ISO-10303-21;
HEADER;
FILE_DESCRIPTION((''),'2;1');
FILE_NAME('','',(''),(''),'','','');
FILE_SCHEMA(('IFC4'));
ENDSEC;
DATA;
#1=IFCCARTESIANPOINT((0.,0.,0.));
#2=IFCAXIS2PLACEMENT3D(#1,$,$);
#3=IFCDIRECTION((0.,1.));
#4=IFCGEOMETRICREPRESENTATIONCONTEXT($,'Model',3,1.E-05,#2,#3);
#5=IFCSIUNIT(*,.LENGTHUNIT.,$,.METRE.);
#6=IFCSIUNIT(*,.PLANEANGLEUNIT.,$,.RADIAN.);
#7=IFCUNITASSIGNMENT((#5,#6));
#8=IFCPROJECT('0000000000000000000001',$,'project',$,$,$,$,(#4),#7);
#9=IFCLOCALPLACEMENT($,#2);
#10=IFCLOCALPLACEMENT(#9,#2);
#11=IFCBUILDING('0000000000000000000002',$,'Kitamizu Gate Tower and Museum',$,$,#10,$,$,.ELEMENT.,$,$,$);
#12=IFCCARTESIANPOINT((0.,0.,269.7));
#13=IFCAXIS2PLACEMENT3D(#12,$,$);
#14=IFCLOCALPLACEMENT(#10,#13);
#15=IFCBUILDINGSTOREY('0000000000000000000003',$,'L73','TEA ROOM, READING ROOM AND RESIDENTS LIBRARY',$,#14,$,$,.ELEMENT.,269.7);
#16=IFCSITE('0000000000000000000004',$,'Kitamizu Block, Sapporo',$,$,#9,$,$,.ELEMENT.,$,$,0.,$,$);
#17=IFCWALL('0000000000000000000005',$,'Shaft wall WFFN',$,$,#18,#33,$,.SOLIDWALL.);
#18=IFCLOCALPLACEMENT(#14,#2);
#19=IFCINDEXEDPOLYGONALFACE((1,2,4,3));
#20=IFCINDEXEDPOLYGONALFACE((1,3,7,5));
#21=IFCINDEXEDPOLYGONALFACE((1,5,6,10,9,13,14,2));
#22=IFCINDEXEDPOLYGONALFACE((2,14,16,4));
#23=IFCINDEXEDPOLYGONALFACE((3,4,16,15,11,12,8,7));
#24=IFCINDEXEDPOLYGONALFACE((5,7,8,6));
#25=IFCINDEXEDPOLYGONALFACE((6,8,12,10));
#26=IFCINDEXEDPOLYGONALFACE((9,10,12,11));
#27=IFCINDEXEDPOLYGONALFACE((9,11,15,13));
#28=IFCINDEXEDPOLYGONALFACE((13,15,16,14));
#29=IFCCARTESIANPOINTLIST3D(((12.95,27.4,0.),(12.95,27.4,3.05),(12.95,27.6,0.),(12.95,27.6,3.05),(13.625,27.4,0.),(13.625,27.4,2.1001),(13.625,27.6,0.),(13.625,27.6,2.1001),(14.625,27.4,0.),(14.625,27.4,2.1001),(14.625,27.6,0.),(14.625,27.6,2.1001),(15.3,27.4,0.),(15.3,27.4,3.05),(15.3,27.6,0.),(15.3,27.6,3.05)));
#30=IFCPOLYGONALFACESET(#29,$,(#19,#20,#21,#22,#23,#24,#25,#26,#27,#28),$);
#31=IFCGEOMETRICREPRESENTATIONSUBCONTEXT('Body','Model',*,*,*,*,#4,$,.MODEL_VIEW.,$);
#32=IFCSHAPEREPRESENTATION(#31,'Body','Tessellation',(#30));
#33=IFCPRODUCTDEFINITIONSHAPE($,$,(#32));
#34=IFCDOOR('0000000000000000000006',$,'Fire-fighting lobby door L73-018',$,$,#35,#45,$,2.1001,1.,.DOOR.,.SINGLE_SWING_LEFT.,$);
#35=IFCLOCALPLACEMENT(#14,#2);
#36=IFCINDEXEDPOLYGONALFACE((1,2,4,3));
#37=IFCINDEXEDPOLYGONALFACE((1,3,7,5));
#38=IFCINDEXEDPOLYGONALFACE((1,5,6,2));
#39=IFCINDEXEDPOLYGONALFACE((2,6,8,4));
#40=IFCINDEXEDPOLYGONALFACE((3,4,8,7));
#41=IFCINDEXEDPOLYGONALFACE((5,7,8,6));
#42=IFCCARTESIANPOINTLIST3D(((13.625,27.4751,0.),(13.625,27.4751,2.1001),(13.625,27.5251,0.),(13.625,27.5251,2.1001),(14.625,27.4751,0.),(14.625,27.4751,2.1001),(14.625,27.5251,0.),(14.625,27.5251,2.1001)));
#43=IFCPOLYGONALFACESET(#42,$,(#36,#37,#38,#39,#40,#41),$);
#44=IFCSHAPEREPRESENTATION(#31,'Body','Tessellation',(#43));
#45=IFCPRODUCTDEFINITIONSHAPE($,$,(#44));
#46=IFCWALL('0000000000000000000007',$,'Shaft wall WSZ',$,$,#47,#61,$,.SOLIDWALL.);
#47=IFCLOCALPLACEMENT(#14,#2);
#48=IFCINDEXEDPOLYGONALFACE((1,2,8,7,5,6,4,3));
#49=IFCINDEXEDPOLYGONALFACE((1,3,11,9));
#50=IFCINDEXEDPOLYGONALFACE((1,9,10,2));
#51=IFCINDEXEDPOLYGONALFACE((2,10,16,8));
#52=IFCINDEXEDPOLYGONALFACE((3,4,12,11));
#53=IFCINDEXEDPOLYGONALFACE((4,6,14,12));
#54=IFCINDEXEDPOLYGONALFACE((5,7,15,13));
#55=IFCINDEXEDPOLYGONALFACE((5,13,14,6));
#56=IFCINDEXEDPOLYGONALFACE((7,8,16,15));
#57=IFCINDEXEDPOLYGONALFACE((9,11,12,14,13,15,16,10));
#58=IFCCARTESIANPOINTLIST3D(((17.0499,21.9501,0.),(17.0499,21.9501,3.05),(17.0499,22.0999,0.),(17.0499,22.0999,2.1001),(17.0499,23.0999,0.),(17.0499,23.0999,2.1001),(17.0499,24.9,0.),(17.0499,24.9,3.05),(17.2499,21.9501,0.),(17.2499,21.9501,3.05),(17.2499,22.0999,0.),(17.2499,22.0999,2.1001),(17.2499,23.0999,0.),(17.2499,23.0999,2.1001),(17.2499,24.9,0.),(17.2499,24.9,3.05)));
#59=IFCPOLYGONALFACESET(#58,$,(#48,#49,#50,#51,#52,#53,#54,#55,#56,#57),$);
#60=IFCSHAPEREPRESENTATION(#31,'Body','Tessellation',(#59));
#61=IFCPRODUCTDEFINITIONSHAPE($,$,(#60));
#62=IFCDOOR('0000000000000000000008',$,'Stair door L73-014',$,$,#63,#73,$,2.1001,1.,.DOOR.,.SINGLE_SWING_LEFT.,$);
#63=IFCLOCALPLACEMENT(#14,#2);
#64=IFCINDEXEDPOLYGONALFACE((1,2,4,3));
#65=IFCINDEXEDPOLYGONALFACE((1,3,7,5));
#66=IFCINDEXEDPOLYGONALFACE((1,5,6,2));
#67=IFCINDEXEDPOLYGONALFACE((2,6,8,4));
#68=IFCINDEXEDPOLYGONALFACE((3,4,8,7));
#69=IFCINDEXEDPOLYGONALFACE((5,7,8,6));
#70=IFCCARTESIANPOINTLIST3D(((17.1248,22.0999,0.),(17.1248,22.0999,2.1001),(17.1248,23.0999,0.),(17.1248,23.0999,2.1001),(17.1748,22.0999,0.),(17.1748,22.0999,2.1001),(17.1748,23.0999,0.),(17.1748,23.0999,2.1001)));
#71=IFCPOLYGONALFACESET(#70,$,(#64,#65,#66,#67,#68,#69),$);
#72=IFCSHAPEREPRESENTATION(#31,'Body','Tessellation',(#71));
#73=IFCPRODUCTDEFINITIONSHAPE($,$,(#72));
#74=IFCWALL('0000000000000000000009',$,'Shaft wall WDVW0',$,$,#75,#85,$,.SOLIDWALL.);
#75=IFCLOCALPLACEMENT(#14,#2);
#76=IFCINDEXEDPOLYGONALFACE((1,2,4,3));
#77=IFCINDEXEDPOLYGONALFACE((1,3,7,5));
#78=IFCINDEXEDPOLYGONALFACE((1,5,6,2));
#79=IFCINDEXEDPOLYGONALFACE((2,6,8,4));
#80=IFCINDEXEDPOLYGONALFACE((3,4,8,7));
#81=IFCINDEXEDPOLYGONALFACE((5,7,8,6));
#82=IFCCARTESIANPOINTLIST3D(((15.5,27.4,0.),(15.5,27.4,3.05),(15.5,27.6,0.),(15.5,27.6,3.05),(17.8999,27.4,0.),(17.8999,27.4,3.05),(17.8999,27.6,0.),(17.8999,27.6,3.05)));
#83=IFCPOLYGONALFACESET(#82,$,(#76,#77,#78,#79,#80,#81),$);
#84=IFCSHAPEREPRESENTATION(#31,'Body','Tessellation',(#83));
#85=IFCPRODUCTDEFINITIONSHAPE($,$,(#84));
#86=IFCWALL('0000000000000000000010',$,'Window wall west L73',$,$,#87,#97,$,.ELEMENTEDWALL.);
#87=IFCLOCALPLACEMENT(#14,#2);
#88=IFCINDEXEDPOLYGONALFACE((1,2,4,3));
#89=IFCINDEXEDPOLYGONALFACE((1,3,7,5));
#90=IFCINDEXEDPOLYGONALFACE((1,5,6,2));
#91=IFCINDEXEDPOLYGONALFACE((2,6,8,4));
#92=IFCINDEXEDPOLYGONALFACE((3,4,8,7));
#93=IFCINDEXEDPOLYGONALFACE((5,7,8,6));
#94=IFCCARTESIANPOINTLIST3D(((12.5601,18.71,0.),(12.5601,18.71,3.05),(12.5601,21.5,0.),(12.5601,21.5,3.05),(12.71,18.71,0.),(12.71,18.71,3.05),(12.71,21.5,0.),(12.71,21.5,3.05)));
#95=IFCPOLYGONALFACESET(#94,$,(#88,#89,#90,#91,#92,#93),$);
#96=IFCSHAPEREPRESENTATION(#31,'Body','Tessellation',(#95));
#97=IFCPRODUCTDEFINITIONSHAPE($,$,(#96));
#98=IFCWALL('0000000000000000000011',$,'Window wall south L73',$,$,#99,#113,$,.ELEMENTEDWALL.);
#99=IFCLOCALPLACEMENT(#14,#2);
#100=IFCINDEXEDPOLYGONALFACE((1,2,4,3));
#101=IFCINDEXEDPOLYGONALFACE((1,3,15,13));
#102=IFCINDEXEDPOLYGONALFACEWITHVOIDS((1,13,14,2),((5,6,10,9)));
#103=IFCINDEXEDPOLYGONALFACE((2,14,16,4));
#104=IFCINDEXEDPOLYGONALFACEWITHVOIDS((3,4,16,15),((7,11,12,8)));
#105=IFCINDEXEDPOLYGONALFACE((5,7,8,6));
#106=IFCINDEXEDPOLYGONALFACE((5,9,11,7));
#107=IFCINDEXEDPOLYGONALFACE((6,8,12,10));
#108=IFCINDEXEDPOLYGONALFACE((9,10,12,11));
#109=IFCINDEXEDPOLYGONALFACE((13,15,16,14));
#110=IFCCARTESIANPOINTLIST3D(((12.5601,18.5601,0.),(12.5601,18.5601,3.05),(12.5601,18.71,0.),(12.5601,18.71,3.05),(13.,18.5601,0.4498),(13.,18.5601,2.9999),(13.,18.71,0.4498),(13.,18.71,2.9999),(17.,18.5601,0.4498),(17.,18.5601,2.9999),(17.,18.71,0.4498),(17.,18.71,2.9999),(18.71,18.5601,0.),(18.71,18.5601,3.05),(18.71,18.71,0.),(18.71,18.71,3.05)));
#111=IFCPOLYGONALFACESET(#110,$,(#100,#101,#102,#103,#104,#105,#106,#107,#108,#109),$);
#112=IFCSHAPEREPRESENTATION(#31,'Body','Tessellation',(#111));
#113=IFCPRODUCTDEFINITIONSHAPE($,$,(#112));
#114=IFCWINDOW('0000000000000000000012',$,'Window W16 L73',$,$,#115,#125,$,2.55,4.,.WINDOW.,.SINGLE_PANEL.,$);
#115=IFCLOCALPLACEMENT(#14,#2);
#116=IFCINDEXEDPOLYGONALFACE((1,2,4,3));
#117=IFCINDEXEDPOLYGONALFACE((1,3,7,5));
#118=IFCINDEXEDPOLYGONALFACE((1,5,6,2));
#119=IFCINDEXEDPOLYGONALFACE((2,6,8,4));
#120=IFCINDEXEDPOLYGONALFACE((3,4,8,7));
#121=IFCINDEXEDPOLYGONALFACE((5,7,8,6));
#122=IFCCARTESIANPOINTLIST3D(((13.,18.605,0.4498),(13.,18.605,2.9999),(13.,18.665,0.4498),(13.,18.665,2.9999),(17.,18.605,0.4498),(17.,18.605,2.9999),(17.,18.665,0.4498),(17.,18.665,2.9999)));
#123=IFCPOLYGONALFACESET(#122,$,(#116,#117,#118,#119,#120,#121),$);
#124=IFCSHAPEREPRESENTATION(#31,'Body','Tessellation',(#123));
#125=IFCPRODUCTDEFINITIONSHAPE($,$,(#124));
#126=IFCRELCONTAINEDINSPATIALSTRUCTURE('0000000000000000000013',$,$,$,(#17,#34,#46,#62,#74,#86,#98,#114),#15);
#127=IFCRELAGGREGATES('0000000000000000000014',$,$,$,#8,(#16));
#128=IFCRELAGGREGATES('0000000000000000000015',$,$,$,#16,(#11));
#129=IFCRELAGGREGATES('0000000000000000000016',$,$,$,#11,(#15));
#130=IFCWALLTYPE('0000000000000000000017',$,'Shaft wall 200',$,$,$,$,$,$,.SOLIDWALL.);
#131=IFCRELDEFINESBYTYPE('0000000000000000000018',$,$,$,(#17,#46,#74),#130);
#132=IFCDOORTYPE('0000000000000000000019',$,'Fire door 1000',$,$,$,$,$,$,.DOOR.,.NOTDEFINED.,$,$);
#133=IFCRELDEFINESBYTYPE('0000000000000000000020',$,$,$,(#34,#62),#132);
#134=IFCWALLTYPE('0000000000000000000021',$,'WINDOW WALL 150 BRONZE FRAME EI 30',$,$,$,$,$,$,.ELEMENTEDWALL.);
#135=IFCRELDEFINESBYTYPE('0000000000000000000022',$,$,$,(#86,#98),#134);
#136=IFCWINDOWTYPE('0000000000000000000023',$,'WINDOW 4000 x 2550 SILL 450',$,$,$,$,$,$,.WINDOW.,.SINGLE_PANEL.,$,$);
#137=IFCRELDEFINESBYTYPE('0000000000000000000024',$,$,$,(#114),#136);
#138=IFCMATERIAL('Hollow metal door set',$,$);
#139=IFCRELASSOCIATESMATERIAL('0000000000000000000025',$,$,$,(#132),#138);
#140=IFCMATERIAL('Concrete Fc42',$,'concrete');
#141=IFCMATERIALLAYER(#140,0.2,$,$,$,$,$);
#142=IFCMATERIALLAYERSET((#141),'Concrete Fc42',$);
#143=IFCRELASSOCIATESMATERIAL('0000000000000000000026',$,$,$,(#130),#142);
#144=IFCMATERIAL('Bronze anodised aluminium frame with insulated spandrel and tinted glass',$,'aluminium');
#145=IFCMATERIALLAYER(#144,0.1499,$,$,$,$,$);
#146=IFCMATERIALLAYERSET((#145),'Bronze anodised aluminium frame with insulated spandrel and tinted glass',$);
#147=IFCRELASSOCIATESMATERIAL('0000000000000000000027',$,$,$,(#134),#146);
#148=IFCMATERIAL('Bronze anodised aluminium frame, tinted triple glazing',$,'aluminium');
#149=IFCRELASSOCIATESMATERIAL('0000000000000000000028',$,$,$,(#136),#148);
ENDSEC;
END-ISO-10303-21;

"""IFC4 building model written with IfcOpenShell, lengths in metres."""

from ifc_helpers import new_model, si_unit, direction, frame, frame_2d, origin, place, context, subcontext, project, spatial, rectangle, extrude, material, layer, layer_set, type_object, element, fill, save


model = new_model("IFC4")

# Units and contexts
model_context = context("Model", 3, precision=1e-05, world=origin(), true_north=direction((0.0, 1.0)))
body_context = subcontext(model_context, "Body", "Model", "MODEL_VIEW")
ifc_project = project(units=[si_unit("LENGTHUNIT", "METRE"), si_unit("PLANEANGLEUNIT", "RADIAN")], contexts=[model_context])

# Site, building, storey
site_placement = place(None, origin())
site = spatial("IfcSite", under=ifc_project, at=site_placement, Name="Kitamizu Block, Sapporo", CompositionType="ELEMENT", RefElevation=0.0)
building_placement = place(site_placement, origin())
building = spatial("IfcBuilding", under=site, at=building_placement, Name="Kitamizu Gate Tower and Museum", CompositionType="ELEMENT")
storey_placement = place(building_placement, frame((0.0, 0.0, 269.7)))
storey = spatial("IfcBuildingStorey", under=building, at=storey_placement, Name="L73", Description="TEA ROOM, READING ROOM AND RESIDENTS LIBRARY", CompositionType="ELEMENT", Elevation=269.7)

# Shared definitions
ifc_material_1 = material(Name="Hollow metal door set")
door_type_1 = type_object("IfcDoorType", Name="Fire door 1000", OperationType="NOTDEFINED", PredefinedType="DOOR", material=ifc_material_1)

# Shared definitions
ifc_material_2 = material(Name="Concrete Fc42", Category="concrete")
ifc_layer_1 = layer(ifc_material_2, 0.2)
ifc_layer_set_1 = layer_set([ifc_layer_1], Name="Concrete Fc42")
wall_type_1 = type_object("IfcWallType", Name="Shaft wall 200", PredefinedType="SOLIDWALL", material=ifc_layer_set_1)

# Walls, openings, doors
wall_1_placement = place(storey_placement, frame((12.95, 27.5, 0.0), z_axis=(0.0, 0.0, 1.0), x_axis=(1.0, 0.0, 0.0)))
wall_1 = element("IfcWall", 1, at=wall_1_placement, inside=storey, type_object=wall_type_1, Name="Shaft wall WFFN", PredefinedType="SOLIDWALL", context=body_context, shape_type="SweptSolid", body=[
    extrude(rectangle(XDim=2.3501, YDim=0.2, at=frame_2d((1.175, 0.0))), origin(), (0.0, 0.0, 1.0), 3.05),
])
opening_1_placement = place(wall_1_placement, frame((0.675, 0.0, 0.0)))
opening_1 = element("IfcOpeningElement", 2, at=opening_1_placement, cuts=wall_1, PredefinedType="OPENING", context=body_context, shape_type="SweptSolid", body=[
    extrude(rectangle(XDim=1.0, YDim=2.1001, at=frame_2d((0.5, 1.05))), frame((0.0, 0.1099, 0.0), z_axis=(0.0, -1.0, 0.0), x_axis=(1.0, 0.0, 0.0)), (0.0, 0.0, 1.0), 0.22),
])
door_1_placement = place(opening_1_placement, frame((1.0, 0.0, 0.0), x_axis=(-1.0, 0.0, 0.0)))
door_1 = element("IfcDoor", 3, at=door_1_placement, inside=storey, type_object=door_type_1, Name="Fire-fighting lobby door L73-018", OperationType="SINGLE_SWING_LEFT", OverallHeight=2.1001, OverallWidth=1.0, PredefinedType="DOOR", context=body_context, shape_type="SweptSolid", body=[
    extrude(rectangle(XDim=1.0, YDim=2.1001, at=frame_2d((0.5, 1.05))), frame((0.0, 0.0249, 0.0), z_axis=(0.0, -1.0, 0.0), x_axis=(1.0, 0.0, 0.0)), (0.0, 0.0, 1.0), 0.05),
])
fill(opening_1, door_1)
wall_2_placement = place(storey_placement, frame((17.1499, 21.95, 0.0), z_axis=(0.0, 0.0, 1.0), x_axis=(0.0, 1.0, 0.0)))
wall_2 = element("IfcWall", 4, at=wall_2_placement, inside=storey, type_object=wall_type_1, Name="Shaft wall WSZ", PredefinedType="SOLIDWALL", context=body_context, shape_type="SweptSolid", body=[
    extrude(rectangle(XDim=2.95, YDim=0.2, at=frame_2d((1.4751, 0.0))), origin(), (0.0, 0.0, 1.0), 3.05),
])
opening_2_placement = place(wall_2_placement, frame((0.1499, 0.0, 0.0)))
opening_2 = element("IfcOpeningElement", 5, at=opening_2_placement, cuts=wall_2, PredefinedType="OPENING", context=body_context, shape_type="SweptSolid", body=[
    extrude(rectangle(XDim=1.0, YDim=2.1001, at=frame_2d((0.5, 1.05))), frame((0.0, 0.1099, 0.0), z_axis=(0.0, -1.0, 0.0), x_axis=(1.0, 0.0, 0.0)), (0.0, 0.0, 1.0), 0.22),
])
door_2_placement = place(opening_2_placement, frame((1.0, 0.0, 0.0), x_axis=(-1.0, 0.0, 0.0)))
door_2 = element("IfcDoor", 6, at=door_2_placement, inside=storey, type_object=door_type_1, Name="Stair door L73-014", OperationType="SINGLE_SWING_LEFT", OverallHeight=2.1001, OverallWidth=1.0, PredefinedType="DOOR", context=body_context, shape_type="SweptSolid", body=[
    extrude(rectangle(XDim=1.0, YDim=2.1001, at=frame_2d((0.5, 1.05))), frame((0.0, 0.0249, 0.0), z_axis=(0.0, -1.0, 0.0), x_axis=(1.0, 0.0, 0.0)), (0.0, 0.0, 1.0), 0.05),
])
fill(opening_2, door_2)

# Walls
wall_3_placement = place(storey_placement, frame((15.5, 27.5, 0.0), z_axis=(0.0, 0.0, 1.0), x_axis=(1.0, 0.0, 0.0)))
element("IfcWall", 7, at=wall_3_placement, inside=storey, type_object=wall_type_1, Name="Shaft wall WDVW0", PredefinedType="SOLIDWALL", context=body_context, shape_type="SweptSolid", body=[
    extrude(rectangle(XDim=2.3999, YDim=0.2, at=frame_2d((1.2, 0.0))), origin(), (0.0, 0.0, 1.0), 3.05),
])
ifc_material_3 = material(Name="Bronze anodised aluminium frame with insulated spandrel and tinted glass", Category="aluminium")
ifc_layer_2 = layer(ifc_material_3, 0.1499)
ifc_layer_set_2 = layer_set([ifc_layer_2], Name="Bronze anodised aluminium frame with insulated spandrel and tinted glass")
wall_type_2 = type_object("IfcWallType", Name="WINDOW WALL 150 BRONZE FRAME EI 30", PredefinedType="ELEMENTEDWALL", material=ifc_layer_set_2)
wall_4_placement = place(storey_placement, frame((12.635, 18.71, 0.0), z_axis=(0.0, 0.0, 1.0), x_axis=(0.0, 1.0, 0.0)))
element("IfcWall", 8, at=wall_4_placement, inside=storey, type_object=wall_type_2, Name="Window wall west L73", PredefinedType="ELEMENTEDWALL", context=body_context, shape_type="SweptSolid", body=[
    extrude(rectangle(XDim=2.79, YDim=0.1499, at=frame_2d((1.395, 0.0))), origin(), (0.0, 0.0, 1.0), 3.05),
])

# Wall, opening, window
wall_5_placement = place(storey_placement, frame((12.5601, 18.635, 0.0), z_axis=(0.0, 0.0, 1.0), x_axis=(1.0, 0.0, 0.0)))
wall_5 = element("IfcWall", 9, at=wall_5_placement, inside=storey, type_object=wall_type_2, Name="Window wall south L73", PredefinedType="ELEMENTEDWALL", context=body_context, shape_type="SweptSolid", body=[
    extrude(rectangle(XDim=6.1499, YDim=0.1499, at=frame_2d((3.075, 0.0))), origin(), (0.0, 0.0, 1.0), 3.05),
])
opening_3_placement = place(wall_5_placement, frame((0.4399, 0.0, 0.45)))
opening_3 = element("IfcOpeningElement", 10, at=opening_3_placement, cuts=wall_5, PredefinedType="OPENING", context=body_context, shape_type="SweptSolid", body=[
    extrude(rectangle(XDim=4.0, YDim=2.55, at=frame_2d((2.0, 1.2749))), frame((0.0, 0.085, 0.0), z_axis=(0.0, -1.0, 0.0), x_axis=(1.0, 0.0, 0.0)), (0.0, 0.0, 1.0), 0.1699),
])
ifc_material_4 = material(Name="Bronze anodised aluminium frame, tinted triple glazing", Category="aluminium")
window_type = type_object("IfcWindowType", Name="WINDOW 4000 x 2550 SILL 450", PartitioningType="SINGLE_PANEL", PredefinedType="WINDOW", material=ifc_material_4)
window_placement = place(opening_3_placement, origin())
window = element("IfcWindow", 11, at=window_placement, inside=storey, type_object=window_type, Name="Window W16 L73", OverallHeight=2.55, OverallWidth=4.0, PartitioningType="SINGLE_PANEL", PredefinedType="WINDOW", context=body_context, shape_type="SweptSolid", body=[
    extrude(rectangle(XDim=4.0, YDim=2.55, at=frame_2d((2.0, 1.2749))), frame((0.0, 0.03, 0.0), z_axis=(0.0, -1.0, 0.0), x_axis=(1.0, 0.0, 0.0)), (0.0, 0.0, 1.0), 0.0601),
])
fill(opening_3, window)

save(model, "model.ifc")
